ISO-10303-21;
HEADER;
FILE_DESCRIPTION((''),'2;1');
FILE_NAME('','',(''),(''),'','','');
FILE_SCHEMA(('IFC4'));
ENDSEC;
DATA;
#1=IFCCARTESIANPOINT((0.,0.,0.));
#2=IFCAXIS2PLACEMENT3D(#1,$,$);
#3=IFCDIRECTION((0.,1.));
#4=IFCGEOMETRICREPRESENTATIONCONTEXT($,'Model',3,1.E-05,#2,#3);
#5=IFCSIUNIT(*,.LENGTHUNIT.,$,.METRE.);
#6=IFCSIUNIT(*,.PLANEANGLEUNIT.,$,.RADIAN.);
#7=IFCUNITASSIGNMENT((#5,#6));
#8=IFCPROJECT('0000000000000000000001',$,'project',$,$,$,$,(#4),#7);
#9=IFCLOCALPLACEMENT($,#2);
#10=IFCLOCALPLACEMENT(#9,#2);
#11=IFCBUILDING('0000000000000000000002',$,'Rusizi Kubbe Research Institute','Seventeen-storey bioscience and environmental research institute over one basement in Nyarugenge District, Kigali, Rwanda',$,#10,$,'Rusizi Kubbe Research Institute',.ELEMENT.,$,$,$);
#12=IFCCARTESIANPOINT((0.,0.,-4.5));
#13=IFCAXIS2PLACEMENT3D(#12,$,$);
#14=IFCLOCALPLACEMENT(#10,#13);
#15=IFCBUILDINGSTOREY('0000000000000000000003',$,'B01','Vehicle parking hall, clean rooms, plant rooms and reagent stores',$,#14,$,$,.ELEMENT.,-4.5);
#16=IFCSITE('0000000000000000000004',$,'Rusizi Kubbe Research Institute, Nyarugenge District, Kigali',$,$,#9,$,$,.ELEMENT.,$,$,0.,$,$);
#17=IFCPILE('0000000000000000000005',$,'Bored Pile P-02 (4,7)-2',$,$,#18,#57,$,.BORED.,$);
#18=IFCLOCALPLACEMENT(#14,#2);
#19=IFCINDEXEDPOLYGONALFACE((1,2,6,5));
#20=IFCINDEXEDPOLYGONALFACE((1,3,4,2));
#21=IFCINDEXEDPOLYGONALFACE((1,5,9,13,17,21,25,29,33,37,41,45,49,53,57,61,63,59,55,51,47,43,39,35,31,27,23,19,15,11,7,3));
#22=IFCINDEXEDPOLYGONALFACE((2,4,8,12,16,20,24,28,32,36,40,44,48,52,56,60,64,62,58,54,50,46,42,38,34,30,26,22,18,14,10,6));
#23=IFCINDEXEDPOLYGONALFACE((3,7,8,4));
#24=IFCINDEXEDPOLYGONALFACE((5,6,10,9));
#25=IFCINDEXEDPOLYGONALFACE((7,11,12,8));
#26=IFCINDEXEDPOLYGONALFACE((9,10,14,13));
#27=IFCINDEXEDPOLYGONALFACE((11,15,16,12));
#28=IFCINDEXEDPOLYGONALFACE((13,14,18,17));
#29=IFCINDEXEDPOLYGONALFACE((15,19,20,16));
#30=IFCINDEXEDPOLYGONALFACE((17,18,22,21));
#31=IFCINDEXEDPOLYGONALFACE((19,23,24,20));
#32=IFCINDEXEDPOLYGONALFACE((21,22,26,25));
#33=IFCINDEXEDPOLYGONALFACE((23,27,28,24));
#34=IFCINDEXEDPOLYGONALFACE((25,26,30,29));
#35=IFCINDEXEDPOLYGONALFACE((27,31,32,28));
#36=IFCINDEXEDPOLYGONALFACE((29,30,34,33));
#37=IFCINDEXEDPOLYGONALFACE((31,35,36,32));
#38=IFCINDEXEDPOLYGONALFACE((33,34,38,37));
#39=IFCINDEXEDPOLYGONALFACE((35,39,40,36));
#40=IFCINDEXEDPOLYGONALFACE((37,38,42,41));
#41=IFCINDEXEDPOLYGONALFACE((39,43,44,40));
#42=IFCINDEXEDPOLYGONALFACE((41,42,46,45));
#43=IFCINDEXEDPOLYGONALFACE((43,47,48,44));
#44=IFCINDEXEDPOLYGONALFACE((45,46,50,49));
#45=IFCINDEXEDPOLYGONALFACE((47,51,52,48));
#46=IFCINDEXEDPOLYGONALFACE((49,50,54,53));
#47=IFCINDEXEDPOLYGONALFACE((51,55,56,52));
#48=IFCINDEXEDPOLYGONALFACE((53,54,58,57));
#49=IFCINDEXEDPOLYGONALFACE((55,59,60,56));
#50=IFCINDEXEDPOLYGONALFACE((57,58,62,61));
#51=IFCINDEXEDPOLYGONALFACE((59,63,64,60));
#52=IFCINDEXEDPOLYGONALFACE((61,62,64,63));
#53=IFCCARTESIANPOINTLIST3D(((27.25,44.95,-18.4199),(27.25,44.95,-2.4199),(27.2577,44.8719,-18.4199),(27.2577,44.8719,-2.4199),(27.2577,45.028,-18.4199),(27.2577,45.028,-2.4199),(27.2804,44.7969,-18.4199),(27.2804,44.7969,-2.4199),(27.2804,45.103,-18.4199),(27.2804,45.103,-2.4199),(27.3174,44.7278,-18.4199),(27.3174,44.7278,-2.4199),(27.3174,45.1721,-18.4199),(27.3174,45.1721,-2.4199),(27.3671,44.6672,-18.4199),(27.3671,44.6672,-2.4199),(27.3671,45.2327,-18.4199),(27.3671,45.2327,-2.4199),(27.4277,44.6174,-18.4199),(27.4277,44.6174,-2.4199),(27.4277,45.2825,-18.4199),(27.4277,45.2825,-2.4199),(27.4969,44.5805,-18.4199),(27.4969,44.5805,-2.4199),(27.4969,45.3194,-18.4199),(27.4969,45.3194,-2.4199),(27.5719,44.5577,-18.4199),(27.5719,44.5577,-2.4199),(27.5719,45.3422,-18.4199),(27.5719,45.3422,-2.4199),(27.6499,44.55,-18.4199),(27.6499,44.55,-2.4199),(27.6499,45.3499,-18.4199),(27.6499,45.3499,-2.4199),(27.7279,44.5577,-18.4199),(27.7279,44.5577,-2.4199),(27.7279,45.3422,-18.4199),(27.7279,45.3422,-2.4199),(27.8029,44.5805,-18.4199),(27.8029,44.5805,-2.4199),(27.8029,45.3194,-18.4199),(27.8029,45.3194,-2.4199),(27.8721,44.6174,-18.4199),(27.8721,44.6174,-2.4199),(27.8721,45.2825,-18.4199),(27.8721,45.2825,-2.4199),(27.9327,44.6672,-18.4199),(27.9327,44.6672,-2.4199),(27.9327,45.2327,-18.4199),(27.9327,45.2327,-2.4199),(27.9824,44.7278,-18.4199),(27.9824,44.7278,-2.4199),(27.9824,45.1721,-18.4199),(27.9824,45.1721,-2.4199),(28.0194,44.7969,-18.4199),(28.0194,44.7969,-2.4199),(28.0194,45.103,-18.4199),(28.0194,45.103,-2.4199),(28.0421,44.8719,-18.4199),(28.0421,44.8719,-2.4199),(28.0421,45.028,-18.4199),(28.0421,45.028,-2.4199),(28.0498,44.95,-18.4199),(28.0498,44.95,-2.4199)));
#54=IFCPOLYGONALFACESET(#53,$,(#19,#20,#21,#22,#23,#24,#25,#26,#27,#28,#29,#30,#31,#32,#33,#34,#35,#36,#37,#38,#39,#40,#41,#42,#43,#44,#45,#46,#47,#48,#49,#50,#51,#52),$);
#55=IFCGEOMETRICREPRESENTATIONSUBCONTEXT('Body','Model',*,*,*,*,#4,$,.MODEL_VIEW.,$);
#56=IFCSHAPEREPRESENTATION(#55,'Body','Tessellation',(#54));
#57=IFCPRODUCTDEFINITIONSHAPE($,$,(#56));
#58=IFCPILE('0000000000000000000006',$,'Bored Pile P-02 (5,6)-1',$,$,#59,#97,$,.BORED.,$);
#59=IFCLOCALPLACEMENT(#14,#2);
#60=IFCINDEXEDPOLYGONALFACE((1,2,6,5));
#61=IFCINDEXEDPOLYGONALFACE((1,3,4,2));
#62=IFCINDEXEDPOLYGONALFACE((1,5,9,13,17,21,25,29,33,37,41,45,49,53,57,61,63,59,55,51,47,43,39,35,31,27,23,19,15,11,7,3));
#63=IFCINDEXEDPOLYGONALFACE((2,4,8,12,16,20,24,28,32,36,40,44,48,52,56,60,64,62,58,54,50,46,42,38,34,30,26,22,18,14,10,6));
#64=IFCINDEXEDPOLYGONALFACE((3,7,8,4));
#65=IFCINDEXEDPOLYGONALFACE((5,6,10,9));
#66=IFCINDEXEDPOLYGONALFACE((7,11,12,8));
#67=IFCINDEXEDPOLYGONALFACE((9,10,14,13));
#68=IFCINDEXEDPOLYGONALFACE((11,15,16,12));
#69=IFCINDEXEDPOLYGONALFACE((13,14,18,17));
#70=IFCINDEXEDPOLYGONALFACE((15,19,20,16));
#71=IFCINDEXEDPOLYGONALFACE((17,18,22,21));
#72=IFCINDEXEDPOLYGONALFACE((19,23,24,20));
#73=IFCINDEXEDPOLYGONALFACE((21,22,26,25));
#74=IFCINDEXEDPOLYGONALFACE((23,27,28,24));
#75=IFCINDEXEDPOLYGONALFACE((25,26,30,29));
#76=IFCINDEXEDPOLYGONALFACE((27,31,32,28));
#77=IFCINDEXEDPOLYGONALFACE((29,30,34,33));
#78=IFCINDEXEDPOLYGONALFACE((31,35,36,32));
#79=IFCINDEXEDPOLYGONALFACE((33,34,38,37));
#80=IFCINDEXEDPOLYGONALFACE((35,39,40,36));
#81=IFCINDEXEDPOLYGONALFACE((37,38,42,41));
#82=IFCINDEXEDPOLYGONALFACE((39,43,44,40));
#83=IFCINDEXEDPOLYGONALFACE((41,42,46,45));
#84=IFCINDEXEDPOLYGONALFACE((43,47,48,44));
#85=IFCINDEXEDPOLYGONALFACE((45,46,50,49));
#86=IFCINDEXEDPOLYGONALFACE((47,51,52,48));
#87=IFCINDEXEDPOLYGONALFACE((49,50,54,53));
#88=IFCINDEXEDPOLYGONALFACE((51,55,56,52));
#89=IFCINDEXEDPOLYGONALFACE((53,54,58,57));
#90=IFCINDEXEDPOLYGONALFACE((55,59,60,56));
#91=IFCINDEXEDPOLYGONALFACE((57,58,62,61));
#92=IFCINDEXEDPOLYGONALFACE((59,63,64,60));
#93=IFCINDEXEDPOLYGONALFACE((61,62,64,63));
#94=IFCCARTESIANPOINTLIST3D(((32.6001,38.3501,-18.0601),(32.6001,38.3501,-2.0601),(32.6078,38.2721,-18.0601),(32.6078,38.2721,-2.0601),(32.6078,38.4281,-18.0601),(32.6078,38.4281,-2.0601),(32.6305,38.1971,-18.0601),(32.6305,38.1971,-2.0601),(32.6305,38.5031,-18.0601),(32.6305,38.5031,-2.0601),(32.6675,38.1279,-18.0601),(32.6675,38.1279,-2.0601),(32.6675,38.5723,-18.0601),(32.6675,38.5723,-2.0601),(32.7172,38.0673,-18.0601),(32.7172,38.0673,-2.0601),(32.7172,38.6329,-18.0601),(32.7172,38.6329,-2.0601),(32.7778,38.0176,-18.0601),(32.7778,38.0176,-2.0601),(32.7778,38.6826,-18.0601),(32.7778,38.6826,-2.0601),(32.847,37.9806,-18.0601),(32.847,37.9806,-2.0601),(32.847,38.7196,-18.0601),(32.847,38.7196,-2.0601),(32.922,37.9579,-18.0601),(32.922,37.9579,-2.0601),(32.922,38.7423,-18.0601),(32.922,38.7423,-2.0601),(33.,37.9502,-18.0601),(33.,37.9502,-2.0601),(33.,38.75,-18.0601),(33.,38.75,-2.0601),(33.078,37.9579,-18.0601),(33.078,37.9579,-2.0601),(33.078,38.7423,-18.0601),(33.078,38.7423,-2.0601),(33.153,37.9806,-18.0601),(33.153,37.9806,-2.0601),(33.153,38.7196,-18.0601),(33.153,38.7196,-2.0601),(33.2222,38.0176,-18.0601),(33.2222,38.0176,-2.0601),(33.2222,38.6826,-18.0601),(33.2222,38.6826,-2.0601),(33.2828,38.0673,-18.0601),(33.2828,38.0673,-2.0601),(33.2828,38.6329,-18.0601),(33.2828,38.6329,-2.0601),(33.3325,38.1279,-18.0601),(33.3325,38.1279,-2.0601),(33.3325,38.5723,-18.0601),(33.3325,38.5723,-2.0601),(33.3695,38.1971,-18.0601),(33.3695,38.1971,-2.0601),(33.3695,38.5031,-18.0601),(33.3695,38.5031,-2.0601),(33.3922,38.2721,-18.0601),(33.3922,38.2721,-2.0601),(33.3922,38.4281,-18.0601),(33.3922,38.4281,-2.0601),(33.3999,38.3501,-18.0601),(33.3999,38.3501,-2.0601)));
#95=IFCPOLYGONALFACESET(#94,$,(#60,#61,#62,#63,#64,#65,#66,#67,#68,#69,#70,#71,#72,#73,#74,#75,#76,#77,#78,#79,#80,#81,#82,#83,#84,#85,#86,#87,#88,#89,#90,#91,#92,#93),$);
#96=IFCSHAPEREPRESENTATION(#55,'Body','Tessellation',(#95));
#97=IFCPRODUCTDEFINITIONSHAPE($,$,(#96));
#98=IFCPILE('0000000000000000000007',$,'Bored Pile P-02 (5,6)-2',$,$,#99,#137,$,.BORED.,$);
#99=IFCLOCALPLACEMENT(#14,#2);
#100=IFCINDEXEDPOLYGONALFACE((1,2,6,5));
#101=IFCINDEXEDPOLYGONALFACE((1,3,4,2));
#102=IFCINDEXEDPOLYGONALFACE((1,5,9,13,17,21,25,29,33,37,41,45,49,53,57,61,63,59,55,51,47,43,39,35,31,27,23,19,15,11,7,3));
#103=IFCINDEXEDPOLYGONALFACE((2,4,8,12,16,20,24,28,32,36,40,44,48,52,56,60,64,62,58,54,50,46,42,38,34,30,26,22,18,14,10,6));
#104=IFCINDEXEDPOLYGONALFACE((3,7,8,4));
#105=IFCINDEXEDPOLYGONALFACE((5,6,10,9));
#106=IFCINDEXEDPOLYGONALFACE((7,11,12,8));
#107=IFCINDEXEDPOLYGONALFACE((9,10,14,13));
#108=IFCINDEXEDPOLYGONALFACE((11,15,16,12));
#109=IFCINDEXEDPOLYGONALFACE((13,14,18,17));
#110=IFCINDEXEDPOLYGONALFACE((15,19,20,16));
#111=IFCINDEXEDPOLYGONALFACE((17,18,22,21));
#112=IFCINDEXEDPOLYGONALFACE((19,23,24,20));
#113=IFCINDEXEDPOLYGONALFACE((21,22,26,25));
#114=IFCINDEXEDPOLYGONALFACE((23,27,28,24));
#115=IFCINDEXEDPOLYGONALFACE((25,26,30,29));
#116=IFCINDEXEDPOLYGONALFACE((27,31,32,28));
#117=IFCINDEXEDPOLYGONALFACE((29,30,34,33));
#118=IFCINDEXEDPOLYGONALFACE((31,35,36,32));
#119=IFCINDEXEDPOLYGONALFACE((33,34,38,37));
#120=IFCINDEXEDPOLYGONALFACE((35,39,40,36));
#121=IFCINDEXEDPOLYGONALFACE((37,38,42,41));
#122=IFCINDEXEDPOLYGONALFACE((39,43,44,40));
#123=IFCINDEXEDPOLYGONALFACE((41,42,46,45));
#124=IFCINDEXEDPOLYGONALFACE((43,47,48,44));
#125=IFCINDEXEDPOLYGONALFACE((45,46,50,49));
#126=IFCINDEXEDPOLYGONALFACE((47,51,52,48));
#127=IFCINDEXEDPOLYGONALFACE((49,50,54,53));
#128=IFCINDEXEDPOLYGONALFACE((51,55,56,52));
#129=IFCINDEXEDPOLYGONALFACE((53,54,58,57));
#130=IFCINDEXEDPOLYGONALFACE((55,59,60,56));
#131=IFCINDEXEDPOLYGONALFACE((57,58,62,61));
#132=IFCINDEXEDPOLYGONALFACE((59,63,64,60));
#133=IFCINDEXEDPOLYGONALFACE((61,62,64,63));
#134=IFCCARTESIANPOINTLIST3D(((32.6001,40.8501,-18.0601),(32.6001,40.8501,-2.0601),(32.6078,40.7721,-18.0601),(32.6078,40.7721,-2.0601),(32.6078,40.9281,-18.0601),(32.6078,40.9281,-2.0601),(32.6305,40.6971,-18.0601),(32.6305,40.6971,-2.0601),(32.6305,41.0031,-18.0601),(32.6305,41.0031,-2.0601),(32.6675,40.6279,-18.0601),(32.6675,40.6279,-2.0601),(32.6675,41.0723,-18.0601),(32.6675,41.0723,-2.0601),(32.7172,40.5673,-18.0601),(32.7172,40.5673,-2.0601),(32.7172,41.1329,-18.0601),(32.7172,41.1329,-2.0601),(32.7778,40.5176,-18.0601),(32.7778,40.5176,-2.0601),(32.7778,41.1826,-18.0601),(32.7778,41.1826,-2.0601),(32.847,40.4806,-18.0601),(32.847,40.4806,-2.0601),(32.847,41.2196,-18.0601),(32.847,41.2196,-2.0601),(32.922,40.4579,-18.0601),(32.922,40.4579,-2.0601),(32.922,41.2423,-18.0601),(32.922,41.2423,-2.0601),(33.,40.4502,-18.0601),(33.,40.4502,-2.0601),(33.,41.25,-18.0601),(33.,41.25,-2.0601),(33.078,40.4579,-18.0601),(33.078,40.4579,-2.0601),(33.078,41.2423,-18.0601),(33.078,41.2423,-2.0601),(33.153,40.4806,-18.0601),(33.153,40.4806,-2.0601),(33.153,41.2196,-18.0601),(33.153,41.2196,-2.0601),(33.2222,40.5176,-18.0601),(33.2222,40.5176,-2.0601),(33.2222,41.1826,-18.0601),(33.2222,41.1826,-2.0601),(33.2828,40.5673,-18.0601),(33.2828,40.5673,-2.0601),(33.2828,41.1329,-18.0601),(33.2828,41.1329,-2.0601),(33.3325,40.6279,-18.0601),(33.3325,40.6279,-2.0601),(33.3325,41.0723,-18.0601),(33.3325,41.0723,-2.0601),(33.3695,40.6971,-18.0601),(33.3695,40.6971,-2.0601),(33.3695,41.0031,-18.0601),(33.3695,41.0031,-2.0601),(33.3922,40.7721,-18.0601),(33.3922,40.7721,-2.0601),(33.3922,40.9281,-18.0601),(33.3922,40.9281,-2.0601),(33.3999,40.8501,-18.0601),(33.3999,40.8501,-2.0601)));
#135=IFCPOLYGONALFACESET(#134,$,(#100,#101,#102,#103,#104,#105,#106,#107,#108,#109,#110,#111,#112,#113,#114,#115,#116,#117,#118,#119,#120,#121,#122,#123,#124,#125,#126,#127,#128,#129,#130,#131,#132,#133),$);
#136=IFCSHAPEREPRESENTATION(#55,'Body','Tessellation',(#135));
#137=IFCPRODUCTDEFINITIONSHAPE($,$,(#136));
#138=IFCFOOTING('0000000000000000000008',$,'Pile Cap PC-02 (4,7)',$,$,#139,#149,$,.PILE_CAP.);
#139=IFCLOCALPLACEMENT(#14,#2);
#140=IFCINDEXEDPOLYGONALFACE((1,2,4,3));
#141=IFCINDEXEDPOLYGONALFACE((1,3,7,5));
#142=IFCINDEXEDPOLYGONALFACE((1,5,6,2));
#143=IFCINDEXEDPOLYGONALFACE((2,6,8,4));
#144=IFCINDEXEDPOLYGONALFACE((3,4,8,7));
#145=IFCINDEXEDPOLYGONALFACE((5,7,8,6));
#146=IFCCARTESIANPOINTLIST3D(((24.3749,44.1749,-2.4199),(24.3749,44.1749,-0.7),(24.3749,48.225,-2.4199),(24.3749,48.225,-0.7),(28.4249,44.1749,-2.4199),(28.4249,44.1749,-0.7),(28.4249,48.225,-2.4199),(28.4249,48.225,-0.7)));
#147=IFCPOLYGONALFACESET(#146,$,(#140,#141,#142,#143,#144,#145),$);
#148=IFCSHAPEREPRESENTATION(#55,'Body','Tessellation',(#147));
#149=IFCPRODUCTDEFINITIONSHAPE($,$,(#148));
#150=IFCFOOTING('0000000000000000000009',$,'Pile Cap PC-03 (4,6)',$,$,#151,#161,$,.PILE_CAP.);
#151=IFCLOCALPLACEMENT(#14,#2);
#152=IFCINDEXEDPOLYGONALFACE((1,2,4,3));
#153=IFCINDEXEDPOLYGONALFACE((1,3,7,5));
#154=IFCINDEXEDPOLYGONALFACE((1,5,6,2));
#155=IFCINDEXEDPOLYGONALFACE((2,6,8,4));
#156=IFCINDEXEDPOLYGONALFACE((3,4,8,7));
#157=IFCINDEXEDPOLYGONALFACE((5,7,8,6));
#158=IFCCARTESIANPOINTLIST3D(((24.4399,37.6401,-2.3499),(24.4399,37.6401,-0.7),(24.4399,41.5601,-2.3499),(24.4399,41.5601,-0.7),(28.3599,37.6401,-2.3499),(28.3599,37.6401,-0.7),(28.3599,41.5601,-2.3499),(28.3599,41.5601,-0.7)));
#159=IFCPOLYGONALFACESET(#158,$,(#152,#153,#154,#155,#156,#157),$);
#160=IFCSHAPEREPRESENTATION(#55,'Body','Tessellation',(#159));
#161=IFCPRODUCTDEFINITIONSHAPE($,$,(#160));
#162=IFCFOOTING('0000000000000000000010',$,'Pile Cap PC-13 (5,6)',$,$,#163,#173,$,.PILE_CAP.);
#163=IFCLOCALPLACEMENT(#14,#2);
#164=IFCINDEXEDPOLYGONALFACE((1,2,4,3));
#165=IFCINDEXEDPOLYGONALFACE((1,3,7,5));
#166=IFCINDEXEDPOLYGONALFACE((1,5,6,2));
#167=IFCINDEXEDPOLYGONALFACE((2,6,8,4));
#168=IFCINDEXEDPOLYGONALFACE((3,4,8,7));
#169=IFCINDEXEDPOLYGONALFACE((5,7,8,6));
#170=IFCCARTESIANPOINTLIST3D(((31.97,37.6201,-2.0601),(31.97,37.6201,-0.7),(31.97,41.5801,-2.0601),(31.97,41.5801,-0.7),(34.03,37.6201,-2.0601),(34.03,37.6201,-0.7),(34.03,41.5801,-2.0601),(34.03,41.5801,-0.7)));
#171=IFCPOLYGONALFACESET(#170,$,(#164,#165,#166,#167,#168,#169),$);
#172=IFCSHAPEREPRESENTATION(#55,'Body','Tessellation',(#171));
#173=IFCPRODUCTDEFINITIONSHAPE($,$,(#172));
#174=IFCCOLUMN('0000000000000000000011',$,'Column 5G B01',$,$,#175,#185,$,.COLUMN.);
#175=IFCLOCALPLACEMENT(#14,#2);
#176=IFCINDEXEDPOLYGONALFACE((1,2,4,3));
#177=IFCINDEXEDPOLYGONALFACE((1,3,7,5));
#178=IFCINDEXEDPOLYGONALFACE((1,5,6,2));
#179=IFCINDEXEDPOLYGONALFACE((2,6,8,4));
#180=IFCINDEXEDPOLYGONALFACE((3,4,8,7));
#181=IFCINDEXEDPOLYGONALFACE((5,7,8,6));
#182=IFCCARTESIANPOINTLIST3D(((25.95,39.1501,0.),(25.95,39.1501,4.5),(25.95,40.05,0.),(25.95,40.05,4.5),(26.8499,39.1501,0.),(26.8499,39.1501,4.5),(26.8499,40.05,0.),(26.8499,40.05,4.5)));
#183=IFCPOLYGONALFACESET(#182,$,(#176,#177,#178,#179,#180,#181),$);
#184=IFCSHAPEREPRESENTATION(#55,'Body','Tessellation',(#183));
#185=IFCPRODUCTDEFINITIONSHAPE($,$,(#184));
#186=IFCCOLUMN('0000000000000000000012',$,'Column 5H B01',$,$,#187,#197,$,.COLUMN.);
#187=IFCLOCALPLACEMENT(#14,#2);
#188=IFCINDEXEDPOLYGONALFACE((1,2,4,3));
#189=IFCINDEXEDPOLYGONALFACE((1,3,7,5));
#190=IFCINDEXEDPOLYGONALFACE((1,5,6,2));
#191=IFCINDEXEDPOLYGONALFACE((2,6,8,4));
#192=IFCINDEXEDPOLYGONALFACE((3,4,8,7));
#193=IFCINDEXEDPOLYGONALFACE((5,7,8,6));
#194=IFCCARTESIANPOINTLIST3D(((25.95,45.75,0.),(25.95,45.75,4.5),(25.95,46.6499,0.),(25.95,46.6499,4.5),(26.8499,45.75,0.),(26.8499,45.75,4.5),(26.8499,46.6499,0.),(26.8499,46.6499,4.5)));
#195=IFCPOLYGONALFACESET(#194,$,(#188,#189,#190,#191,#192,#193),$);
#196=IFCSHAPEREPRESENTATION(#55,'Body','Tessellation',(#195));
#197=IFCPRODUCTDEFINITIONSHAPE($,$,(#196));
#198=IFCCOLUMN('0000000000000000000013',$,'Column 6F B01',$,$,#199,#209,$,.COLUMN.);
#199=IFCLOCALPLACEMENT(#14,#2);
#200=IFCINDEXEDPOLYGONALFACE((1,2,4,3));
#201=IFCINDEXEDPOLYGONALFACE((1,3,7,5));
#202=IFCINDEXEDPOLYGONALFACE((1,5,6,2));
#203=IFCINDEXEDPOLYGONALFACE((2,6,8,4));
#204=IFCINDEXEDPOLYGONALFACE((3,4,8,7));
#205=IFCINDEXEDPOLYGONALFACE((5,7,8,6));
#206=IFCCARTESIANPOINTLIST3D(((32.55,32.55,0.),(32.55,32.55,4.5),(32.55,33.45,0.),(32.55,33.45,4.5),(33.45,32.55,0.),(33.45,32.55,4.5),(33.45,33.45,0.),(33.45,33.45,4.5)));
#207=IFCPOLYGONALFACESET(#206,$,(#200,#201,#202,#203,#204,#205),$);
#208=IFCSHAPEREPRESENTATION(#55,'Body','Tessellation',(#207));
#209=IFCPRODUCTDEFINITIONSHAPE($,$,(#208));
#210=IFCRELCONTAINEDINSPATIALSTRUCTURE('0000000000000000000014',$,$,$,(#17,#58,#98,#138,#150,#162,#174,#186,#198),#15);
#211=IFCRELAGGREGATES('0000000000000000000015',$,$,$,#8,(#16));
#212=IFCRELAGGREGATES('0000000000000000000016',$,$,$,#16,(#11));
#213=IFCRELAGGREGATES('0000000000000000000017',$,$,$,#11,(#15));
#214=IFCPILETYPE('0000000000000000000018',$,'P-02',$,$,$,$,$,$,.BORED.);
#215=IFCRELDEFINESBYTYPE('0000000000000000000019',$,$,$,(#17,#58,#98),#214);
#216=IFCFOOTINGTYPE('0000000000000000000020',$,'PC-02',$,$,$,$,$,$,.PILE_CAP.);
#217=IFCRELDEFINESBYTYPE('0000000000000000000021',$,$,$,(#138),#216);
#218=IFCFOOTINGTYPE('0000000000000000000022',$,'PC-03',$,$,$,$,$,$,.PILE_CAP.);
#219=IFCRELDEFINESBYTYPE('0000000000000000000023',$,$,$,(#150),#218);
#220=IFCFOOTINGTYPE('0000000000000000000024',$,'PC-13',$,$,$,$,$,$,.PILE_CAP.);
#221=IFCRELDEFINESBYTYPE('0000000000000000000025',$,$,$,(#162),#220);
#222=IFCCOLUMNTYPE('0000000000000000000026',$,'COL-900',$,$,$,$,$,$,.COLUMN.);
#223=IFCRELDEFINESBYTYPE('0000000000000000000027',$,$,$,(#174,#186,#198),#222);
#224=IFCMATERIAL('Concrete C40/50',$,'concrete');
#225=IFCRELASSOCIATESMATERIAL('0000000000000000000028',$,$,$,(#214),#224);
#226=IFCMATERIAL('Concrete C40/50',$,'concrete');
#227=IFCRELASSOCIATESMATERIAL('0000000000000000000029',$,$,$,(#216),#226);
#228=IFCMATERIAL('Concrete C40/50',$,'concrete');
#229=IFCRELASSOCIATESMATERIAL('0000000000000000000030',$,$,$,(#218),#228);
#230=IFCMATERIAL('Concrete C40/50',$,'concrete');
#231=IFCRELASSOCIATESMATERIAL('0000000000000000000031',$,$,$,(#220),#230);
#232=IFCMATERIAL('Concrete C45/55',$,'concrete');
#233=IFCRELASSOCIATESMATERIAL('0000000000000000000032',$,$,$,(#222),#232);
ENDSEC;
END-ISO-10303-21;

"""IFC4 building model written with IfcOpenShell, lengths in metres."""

from ifc_helpers import new_model, si_unit, direction, frame, origin, origin_2d, place, context, subcontext, project, spatial, rectangle, circle, extrude, material, material_profile, profile_set, type_object, element, save


model = new_model("IFC4")

# Units and contexts
model_context = context("Model", 3, precision=1e-05, world=origin(), true_north=direction((0.0, 1.0)))
body_context = subcontext(model_context, "Body", "Model", "MODEL_VIEW")
ifc_project = project(units=[si_unit("LENGTHUNIT", "METRE"), si_unit("PLANEANGLEUNIT", "RADIAN")], contexts=[model_context])

# Site, building, storey
site_placement = place(None, origin())
site = spatial("IfcSite", under=ifc_project, at=site_placement, Name="Rusizi Kubbe Research Institute, Nyarugenge District, Kigali", CompositionType="ELEMENT", RefElevation=0.0)
building_placement = place(site_placement, origin())
building = spatial("IfcBuilding", under=site, at=building_placement, Name="Rusizi Kubbe Research Institute", Description="Seventeen-storey bioscience and environmental research institute over one basement in Nyarugenge District, Kigali, Rwanda", LongName="Rusizi Kubbe Research Institute", CompositionType="ELEMENT")
storey_placement = place(building_placement, frame((0.0, 0.0, -4.5)))
storey = spatial("IfcBuildingStorey", under=building, at=storey_placement, Name="B01", Description="Vehicle parking hall, clean rooms, plant rooms and reagent stores", CompositionType="ELEMENT", Elevation=-4.5)

# Piles
ifc_material_1 = material(Name="Concrete C40/50", Category="concrete")
ifc_material_profile_1 = material_profile(ifc_material_1, circle(Radius=0.3999, at=origin_2d()), Name="PILE-D800")
ifc_profile_set_1 = profile_set([ifc_material_profile_1], Name="Concrete C40/50")
pile_type_1 = type_object("IfcPileType", Name="P-02", PredefinedType="BORED", material=ifc_profile_set_1)
for number, where, z_axis, x_axis, name in (
    (1, (27.6499, 44.95, -2.4199), (0.0, 0.0, -1.0), (1.0, 0.0, 0.0), "Bored Pile P-02 (4,7)-2"),
    (2, (33.0, 38.3501, -2.0601), (0.0, 0.0, -1.0), (1.0, 0.0, 0.0), "Bored Pile P-02 (5,6)-1"),
    (3, (33.0, 40.8501, -2.0601), (0.0, 0.0, -1.0), (1.0, 0.0, 0.0), "Bored Pile P-02 (5,6)-2"),
):
    element("IfcPile", number, at=place(storey_placement, frame(where, z_axis=z_axis, x_axis=x_axis)), inside=storey, type_object=pile_type_1, Name=name, PredefinedType="BORED", context=body_context, shape_type="SweptSolid", body=[
        extrude(circle(Radius=0.3999, at=origin_2d()), origin(), (0.0, 0.0, 1.0), 16.0),
    ])

# Footings
ifc_material_2 = material(Name="Concrete C40/50", Category="concrete")
footing_type_1 = type_object("IfcFootingType", Name="PC-02", PredefinedType="PILE_CAP", material=ifc_material_2)
footing_1_placement = place(storey_placement, frame((26.3999, 46.2, -2.4199), z_axis=(0.0, 0.0, 1.0), x_axis=(1.0, 0.0, 0.0)))
element("IfcFooting", 4, at=footing_1_placement, inside=storey, type_object=footing_type_1, Name="Pile Cap PC-02 (4,7)", PredefinedType="PILE_CAP", context=body_context, shape_type="SweptSolid", body=[
    extrude(rectangle(XDim=4.05, YDim=4.05, at=origin_2d()), origin(), (0.0, 0.0, 1.0), 1.72),
])
ifc_material_3 = material(Name="Concrete C40/50", Category="concrete")
footing_type_2 = type_object("IfcFootingType", Name="PC-03", PredefinedType="PILE_CAP", material=ifc_material_3)
footing_2_placement = place(storey_placement, frame((26.3999, 39.6001, -2.3499), z_axis=(0.0, 0.0, 1.0), x_axis=(1.0, 0.0, 0.0)))
element("IfcFooting", 5, at=footing_2_placement, inside=storey, type_object=footing_type_2, Name="Pile Cap PC-03 (4,6)", PredefinedType="PILE_CAP", context=body_context, shape_type="SweptSolid", body=[
    extrude(rectangle(XDim=3.9199, YDim=3.9199, at=origin_2d()), origin(), (0.0, 0.0, 1.0), 1.6499),
])
ifc_material_4 = material(Name="Concrete C40/50", Category="concrete")
footing_type_3 = type_object("IfcFootingType", Name="PC-13", PredefinedType="PILE_CAP", material=ifc_material_4)
footing_3_placement = place(storey_placement, frame((33.0, 39.6001, -2.0601), z_axis=(0.0, 0.0, 1.0), x_axis=(1.0, 0.0, 0.0)))
element("IfcFooting", 6, at=footing_3_placement, inside=storey, type_object=footing_type_3, Name="Pile Cap PC-13 (5,6)", PredefinedType="PILE_CAP", context=body_context, shape_type="SweptSolid", body=[
    extrude(rectangle(XDim=2.0601, YDim=3.96, at=origin_2d()), origin(), (0.0, 0.0, 1.0), 1.3601),
])

# Columns
ifc_material_5 = material(Name="Concrete C45/55", Category="concrete")
ifc_material_profile_2 = material_profile(ifc_material_5, rectangle(XDim=0.8999, YDim=0.8999, at=origin_2d()), Name="RC900x900")
ifc_profile_set_2 = profile_set([ifc_material_profile_2], Name="Concrete C45/55")
column_type = type_object("IfcColumnType", Name="COL-900", PredefinedType="COLUMN", material=ifc_profile_set_2)
for number, where, z_axis, x_axis, name in (
    (7, (26.3999, 39.6001, 0.0), (0.0, 0.0, 1.0), (1.0, 0.0, 0.0), "Column 5G B01"),
    (8, (26.3999, 46.2, 0.0), (0.0, 0.0, 1.0), (1.0, 0.0, 0.0), "Column 5H B01"),
    (9, (33.0, 33.0, 0.0), (0.0, 0.0, 1.0), (1.0, 0.0, 0.0), "Column 6F B01"),
):
    element("IfcColumn", number, at=place(storey_placement, frame(where, z_axis=z_axis, x_axis=x_axis)), inside=storey, type_object=column_type, Name=name, PredefinedType="COLUMN", context=body_context, shape_type="SweptSolid", body=[
        extrude(rectangle(XDim=0.8999, YDim=0.8999, at=origin_2d()), origin(), (0.0, 0.0, 1.0), 4.5),
    ])

save(model, "model.ifc")
